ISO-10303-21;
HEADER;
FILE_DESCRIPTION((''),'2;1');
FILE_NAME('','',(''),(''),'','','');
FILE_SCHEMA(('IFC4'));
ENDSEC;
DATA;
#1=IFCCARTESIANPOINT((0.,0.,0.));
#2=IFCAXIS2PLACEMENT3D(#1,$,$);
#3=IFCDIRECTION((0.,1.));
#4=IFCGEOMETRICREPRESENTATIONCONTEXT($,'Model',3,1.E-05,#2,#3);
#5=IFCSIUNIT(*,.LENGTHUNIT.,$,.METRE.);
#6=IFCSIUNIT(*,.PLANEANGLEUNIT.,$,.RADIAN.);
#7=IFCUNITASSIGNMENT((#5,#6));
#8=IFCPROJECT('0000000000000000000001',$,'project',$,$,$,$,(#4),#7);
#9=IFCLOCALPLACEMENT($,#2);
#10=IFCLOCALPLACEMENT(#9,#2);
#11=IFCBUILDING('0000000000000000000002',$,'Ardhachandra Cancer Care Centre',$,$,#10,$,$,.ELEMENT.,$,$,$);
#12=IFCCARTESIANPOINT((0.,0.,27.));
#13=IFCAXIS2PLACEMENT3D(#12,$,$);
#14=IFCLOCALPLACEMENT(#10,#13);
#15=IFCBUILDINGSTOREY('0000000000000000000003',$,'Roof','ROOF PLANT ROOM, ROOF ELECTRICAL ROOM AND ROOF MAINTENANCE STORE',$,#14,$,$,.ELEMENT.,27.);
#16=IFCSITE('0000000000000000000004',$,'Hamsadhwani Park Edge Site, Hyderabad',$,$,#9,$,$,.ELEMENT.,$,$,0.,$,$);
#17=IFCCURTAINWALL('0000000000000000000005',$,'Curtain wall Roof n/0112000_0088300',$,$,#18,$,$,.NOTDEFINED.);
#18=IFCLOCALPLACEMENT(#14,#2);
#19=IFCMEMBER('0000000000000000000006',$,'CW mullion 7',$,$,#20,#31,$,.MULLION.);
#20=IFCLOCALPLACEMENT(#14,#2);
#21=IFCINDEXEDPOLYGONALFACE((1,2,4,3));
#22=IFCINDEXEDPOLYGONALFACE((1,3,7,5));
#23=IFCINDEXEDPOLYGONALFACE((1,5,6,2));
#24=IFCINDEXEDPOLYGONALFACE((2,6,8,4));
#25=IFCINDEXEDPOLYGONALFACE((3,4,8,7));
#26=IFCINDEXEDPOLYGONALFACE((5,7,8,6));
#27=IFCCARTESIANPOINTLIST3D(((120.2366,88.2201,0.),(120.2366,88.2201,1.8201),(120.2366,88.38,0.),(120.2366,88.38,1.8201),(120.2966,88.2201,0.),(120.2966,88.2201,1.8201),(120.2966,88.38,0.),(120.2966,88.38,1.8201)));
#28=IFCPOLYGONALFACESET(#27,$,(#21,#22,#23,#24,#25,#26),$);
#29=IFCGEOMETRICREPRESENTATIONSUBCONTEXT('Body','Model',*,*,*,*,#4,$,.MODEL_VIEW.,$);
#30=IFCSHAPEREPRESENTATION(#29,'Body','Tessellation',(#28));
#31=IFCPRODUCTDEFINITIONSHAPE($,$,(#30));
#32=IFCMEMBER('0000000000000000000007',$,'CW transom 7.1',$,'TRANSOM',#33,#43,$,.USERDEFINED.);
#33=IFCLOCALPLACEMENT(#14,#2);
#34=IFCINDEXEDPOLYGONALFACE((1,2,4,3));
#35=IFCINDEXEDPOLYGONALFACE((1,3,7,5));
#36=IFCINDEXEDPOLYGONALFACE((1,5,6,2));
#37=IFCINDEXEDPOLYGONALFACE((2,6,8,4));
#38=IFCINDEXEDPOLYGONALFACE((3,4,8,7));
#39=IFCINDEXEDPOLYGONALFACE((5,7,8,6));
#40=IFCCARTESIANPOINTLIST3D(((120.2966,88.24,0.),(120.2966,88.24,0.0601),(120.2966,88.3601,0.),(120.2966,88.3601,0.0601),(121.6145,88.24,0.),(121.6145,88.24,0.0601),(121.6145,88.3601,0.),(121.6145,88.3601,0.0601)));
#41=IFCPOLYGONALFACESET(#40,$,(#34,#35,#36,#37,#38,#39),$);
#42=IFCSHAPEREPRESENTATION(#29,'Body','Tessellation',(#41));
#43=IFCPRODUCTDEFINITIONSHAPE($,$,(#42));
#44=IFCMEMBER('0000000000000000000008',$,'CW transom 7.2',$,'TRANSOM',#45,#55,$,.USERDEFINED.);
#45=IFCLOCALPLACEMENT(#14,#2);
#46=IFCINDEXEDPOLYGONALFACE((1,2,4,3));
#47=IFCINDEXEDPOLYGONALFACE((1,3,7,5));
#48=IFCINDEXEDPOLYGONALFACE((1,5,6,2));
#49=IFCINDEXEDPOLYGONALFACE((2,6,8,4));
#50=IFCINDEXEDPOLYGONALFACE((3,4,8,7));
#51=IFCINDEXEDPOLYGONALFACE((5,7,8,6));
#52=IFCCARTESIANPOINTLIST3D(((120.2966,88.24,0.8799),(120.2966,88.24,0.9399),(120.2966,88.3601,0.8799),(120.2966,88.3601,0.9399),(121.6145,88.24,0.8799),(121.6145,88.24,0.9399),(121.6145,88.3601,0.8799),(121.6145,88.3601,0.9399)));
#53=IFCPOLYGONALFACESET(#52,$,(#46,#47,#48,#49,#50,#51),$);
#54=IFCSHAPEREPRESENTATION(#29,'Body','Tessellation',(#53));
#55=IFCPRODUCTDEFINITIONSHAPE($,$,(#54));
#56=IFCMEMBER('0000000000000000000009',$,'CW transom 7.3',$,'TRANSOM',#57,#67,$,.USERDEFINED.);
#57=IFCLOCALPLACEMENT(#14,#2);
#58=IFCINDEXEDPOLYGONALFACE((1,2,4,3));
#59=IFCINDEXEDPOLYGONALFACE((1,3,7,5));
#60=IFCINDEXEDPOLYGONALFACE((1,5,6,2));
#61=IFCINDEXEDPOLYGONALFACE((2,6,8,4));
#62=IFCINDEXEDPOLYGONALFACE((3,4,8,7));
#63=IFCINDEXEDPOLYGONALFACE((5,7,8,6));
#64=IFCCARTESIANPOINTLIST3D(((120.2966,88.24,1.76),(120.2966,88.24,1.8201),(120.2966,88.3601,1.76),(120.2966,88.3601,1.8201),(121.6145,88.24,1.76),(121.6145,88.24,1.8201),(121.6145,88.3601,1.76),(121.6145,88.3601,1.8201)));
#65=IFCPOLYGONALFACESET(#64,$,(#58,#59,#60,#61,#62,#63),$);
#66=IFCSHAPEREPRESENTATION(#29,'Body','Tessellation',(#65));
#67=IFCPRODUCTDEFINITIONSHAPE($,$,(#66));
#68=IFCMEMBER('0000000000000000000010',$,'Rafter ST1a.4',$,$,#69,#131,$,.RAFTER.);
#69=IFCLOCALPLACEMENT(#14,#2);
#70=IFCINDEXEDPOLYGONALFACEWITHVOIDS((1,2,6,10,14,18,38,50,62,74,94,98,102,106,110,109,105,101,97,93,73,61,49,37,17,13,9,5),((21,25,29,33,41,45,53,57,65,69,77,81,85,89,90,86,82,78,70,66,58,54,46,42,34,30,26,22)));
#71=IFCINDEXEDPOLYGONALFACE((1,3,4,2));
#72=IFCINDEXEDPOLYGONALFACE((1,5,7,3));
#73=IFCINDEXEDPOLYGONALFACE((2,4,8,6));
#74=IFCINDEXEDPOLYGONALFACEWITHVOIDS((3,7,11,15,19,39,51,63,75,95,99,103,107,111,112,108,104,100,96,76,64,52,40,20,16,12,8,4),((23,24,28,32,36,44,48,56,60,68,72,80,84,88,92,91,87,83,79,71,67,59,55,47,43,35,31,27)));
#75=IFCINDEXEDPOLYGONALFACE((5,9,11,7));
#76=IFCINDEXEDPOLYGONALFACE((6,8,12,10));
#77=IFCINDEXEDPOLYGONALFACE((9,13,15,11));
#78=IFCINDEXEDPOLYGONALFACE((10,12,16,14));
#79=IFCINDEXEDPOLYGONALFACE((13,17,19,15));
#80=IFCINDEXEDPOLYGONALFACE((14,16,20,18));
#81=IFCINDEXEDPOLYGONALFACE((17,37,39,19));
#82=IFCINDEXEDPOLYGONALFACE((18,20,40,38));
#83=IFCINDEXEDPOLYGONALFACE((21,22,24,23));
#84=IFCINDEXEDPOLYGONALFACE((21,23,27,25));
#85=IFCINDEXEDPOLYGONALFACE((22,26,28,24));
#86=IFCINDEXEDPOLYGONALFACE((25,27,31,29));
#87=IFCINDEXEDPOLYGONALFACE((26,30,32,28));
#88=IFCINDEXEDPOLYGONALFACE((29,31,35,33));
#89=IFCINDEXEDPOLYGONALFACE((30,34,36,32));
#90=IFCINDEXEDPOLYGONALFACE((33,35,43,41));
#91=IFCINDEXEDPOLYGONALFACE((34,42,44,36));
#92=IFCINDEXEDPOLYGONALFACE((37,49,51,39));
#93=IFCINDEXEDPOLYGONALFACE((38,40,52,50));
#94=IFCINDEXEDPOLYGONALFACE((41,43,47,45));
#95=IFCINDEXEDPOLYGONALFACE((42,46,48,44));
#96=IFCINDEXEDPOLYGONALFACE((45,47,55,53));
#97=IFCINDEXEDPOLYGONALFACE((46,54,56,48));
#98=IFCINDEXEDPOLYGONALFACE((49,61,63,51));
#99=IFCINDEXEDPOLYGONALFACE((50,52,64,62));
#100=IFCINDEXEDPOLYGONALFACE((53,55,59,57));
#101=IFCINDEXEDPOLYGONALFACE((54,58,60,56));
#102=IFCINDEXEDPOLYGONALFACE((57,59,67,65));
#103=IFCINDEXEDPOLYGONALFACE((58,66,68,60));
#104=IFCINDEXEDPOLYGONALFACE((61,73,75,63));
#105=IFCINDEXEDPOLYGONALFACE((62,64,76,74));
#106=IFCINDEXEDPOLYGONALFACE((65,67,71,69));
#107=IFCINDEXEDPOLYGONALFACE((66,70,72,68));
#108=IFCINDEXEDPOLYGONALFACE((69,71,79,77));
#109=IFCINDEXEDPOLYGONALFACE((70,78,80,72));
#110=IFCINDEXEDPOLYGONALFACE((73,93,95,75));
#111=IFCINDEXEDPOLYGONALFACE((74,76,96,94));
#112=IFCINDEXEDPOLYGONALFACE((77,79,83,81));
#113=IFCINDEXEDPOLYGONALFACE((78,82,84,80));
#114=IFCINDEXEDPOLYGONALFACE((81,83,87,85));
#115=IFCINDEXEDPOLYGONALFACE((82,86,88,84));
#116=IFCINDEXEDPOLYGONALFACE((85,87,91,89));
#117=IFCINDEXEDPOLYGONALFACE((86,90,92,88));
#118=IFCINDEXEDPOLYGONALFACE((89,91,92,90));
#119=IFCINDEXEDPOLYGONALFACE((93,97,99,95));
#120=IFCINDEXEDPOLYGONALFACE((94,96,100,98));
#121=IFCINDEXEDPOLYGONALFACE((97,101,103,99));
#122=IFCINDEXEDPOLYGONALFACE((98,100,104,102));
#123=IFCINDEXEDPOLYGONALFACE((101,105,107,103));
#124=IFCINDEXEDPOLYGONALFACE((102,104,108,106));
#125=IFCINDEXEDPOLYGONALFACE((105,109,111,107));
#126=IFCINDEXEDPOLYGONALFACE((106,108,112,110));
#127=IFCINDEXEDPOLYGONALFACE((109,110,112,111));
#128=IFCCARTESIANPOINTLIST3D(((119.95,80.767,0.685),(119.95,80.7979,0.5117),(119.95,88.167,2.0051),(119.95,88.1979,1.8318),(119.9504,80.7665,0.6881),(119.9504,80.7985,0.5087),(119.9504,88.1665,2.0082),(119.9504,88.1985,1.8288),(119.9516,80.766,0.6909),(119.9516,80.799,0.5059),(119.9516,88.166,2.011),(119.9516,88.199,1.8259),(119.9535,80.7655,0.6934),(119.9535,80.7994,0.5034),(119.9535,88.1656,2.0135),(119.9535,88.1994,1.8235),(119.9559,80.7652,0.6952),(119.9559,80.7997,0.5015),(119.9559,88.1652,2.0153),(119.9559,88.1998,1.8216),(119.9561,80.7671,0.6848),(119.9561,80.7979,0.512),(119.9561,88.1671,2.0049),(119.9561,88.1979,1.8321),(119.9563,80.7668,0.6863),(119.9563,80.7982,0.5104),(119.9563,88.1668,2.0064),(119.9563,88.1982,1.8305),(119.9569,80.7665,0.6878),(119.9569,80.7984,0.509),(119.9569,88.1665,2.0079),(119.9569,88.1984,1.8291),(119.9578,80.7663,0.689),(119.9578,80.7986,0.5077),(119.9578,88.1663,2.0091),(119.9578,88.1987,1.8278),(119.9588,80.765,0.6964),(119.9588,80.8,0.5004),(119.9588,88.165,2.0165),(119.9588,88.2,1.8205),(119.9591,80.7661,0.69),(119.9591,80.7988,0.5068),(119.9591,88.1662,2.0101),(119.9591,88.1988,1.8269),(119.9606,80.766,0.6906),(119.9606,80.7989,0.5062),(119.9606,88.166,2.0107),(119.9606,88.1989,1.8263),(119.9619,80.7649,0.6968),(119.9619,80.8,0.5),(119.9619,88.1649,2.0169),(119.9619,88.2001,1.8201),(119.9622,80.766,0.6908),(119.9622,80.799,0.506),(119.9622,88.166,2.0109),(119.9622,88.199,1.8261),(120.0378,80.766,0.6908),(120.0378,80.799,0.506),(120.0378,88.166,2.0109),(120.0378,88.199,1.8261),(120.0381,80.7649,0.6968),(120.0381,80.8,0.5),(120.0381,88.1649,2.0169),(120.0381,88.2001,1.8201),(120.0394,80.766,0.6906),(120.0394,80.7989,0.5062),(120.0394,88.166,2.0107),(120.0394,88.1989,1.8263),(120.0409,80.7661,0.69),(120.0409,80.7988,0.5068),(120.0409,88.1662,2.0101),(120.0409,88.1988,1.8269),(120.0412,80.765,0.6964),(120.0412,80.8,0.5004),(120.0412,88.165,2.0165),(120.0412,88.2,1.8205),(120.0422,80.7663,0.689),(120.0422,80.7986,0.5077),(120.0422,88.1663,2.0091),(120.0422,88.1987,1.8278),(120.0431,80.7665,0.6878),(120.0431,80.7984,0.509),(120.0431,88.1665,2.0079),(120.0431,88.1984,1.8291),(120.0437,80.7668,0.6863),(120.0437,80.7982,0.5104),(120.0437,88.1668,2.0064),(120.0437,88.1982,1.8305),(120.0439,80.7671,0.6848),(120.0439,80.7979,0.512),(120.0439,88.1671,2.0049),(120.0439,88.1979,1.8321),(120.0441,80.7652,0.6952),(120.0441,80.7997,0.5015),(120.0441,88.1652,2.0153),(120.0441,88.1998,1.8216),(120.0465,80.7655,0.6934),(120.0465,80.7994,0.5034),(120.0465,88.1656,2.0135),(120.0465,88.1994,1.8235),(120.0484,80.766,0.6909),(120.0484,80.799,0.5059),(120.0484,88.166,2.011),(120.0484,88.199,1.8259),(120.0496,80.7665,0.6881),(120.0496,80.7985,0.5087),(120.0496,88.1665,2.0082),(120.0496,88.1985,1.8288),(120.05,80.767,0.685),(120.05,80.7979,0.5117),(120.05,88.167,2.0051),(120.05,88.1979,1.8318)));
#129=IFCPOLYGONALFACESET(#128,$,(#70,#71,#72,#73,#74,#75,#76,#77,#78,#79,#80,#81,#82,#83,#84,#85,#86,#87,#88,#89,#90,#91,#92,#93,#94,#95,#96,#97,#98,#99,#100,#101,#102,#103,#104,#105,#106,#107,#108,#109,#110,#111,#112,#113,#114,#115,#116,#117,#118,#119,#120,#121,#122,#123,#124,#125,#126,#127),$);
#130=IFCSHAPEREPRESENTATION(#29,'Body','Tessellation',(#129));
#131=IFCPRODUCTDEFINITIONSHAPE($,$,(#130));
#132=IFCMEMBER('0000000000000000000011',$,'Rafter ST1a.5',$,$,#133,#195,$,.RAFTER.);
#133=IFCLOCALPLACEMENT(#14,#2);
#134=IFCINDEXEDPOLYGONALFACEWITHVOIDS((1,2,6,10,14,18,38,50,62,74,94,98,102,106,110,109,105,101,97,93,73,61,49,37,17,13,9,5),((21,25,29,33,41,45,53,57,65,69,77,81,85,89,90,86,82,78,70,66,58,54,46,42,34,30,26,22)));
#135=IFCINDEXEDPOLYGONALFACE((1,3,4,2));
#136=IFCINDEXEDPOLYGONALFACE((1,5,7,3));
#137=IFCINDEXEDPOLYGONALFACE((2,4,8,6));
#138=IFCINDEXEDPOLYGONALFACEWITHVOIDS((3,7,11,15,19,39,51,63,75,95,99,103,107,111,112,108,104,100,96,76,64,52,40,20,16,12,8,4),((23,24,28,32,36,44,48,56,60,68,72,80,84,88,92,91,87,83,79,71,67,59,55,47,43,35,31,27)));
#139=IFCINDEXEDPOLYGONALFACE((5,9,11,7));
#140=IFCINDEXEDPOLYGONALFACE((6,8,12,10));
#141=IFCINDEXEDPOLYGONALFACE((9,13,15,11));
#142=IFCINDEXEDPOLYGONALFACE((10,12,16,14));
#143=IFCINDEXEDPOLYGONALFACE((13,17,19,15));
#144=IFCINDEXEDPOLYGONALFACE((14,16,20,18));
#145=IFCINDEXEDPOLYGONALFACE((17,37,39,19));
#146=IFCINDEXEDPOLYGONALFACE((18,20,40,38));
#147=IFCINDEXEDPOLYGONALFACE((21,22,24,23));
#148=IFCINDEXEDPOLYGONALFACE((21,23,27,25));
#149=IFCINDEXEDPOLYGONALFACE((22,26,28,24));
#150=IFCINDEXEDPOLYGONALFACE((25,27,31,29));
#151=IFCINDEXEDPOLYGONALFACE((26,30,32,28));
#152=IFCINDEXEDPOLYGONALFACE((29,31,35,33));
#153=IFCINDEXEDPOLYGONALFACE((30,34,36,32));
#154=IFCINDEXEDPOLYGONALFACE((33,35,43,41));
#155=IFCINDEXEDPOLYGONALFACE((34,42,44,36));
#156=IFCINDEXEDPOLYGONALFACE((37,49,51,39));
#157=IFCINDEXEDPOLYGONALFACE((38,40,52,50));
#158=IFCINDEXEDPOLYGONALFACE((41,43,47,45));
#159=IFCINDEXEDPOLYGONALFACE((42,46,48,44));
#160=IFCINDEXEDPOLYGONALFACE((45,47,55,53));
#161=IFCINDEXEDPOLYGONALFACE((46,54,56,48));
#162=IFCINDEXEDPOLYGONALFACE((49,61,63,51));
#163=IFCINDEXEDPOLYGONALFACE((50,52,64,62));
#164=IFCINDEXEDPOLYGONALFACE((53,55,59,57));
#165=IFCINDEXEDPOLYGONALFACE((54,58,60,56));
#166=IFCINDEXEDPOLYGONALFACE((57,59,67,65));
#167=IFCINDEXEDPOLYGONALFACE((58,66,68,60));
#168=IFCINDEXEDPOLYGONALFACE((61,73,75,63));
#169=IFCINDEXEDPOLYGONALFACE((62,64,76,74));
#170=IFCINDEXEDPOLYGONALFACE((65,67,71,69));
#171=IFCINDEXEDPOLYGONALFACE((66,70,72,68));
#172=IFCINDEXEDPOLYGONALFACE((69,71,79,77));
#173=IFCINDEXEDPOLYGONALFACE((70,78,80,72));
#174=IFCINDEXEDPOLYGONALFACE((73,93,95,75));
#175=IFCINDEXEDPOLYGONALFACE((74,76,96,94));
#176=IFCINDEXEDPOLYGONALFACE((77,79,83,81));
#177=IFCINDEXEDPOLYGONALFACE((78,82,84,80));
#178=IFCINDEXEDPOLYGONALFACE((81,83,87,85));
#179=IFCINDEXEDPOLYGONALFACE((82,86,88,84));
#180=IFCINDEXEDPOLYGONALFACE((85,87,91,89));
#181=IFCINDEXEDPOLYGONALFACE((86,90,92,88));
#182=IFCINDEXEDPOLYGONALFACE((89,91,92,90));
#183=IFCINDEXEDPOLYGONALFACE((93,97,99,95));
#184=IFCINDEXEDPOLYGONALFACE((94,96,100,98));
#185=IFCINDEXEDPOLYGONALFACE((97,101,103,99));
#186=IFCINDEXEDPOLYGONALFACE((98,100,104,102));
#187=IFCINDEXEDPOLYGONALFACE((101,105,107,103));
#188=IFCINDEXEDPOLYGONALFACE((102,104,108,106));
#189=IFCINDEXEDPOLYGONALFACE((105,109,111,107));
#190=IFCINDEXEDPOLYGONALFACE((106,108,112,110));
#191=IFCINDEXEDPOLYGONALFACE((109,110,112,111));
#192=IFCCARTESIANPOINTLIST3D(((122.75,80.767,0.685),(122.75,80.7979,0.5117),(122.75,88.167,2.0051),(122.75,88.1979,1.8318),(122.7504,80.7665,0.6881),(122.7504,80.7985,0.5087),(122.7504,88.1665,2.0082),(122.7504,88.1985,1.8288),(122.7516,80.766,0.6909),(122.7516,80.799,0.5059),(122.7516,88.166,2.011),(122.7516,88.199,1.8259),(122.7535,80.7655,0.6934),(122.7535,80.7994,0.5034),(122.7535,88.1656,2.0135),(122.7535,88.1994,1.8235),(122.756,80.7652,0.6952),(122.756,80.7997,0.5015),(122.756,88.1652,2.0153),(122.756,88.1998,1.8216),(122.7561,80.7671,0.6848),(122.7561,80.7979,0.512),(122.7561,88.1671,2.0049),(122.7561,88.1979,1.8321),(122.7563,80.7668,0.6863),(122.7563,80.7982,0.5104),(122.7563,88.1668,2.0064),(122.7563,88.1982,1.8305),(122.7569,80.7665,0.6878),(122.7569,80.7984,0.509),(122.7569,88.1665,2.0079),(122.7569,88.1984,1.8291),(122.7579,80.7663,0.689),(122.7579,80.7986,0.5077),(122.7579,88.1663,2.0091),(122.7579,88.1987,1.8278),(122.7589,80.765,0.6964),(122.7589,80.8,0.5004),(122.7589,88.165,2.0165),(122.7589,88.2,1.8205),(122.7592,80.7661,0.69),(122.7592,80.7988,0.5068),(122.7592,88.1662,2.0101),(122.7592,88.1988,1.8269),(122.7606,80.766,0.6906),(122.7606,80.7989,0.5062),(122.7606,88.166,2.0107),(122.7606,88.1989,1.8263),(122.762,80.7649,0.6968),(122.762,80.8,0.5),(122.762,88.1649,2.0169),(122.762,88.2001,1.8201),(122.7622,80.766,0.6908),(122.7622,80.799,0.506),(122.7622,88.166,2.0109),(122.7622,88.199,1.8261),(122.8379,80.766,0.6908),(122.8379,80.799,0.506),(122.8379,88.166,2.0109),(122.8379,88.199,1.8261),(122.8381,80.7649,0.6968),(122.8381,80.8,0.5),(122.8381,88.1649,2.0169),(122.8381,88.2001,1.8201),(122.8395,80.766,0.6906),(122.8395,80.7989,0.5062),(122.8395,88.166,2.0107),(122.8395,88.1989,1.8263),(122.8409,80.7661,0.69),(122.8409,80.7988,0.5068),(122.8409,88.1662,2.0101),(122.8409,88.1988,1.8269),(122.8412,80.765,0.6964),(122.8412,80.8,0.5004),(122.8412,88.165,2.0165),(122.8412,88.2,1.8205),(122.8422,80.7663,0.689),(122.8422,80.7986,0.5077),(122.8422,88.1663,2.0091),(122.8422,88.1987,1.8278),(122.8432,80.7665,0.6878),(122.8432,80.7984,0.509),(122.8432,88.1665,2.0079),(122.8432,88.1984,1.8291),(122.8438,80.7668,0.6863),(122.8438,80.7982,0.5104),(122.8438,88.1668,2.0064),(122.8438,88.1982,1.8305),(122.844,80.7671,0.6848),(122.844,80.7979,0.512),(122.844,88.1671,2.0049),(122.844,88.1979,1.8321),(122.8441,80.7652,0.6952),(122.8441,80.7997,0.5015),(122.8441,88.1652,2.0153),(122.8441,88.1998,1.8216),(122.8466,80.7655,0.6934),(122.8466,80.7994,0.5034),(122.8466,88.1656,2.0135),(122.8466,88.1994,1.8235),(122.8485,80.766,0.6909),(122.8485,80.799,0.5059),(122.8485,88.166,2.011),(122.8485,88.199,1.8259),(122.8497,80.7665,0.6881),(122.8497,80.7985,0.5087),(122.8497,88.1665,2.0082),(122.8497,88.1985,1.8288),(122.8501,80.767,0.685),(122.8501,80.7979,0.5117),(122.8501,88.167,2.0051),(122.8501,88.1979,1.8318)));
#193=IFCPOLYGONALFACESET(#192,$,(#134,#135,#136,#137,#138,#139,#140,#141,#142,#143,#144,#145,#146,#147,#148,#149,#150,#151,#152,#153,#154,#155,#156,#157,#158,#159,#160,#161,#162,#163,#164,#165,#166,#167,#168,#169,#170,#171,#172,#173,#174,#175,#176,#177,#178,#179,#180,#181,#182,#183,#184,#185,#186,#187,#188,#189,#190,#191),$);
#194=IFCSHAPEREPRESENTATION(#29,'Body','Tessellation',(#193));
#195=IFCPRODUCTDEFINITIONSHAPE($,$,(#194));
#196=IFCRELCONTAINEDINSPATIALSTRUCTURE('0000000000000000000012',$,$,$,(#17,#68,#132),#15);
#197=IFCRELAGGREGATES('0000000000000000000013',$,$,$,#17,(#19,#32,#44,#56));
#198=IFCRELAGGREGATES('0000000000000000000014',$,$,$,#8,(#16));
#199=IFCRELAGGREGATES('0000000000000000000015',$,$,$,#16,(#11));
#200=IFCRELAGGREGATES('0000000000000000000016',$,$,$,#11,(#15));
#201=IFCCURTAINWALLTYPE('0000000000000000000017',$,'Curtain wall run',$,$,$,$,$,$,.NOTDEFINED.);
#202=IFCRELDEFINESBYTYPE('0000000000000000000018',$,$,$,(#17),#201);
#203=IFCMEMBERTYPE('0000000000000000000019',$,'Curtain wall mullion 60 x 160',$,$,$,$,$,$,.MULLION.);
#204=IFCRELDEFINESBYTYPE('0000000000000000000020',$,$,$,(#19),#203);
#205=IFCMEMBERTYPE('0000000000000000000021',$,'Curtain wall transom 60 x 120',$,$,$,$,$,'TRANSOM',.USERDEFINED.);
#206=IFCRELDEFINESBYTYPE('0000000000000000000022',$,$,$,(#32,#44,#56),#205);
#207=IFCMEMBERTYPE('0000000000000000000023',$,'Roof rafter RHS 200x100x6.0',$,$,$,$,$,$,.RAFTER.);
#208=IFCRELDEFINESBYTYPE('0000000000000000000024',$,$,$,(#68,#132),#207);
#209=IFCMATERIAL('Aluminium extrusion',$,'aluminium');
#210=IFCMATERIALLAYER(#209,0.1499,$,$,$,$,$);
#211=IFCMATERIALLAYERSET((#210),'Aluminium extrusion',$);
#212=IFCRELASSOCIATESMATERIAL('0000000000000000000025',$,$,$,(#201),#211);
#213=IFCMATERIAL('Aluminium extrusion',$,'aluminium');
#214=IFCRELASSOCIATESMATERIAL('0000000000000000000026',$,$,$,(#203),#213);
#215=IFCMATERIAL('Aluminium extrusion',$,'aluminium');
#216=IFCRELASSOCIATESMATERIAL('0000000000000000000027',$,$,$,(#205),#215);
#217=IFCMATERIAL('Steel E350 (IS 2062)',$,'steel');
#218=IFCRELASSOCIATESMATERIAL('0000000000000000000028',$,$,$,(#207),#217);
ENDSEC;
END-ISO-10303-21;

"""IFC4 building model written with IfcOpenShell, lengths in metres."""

from ifc_helpers import new_model, si_unit, direction, frame, origin, origin_2d, place, context, subcontext, project, spatial, rectangle, hollow_rectangle, extrude, material, layer, layer_set, material_profile, profile_set, type_object, element, aggregate, save


model = new_model("IFC4")

# Units and contexts
model_context = context("Model", 3, precision=1e-05, world=origin(), true_north=direction((0.0, 1.0)))
body_context = subcontext(model_context, "Body", "Model", "MODEL_VIEW")
ifc_project = project(units=[si_unit("LENGTHUNIT", "METRE"), si_unit("PLANEANGLEUNIT", "RADIAN")], contexts=[model_context])

# Site, building, storey
site_placement = place(None, origin())
site = spatial("IfcSite", under=ifc_project, at=site_placement, Name="Hamsadhwani Park Edge Site, Hyderabad", CompositionType="ELEMENT", RefElevation=0.0)
building_placement = place(site_placement, origin())
building = spatial("IfcBuilding", under=site, at=building_placement, Name="Ardhachandra Cancer Care Centre", CompositionType="ELEMENT")
storey_placement = place(building_placement, frame((0.0, 0.0, 27.0)))
storey = spatial("IfcBuildingStorey", under=building, at=storey_placement, Name="Roof", Description="ROOF PLANT ROOM, ROOF ELECTRICAL ROOM AND ROOF MAINTENANCE STORE", CompositionType="ELEMENT", Elevation=27.0)

# Curtain wall, members
ifc_material_1 = material(Name="Aluminium extrusion", Category="aluminium")
ifc_layer_1 = layer(ifc_material_1, 0.1499)
ifc_layer_set_1 = layer_set([ifc_layer_1], Name="Aluminium extrusion")
curtain_wall_type = type_object("IfcCurtainWallType", Name="Curtain wall run", PredefinedType="NOTDEFINED", material=ifc_layer_set_1)
curtain_wall_placement = place(storey_placement, origin())
curtain_wall = element("IfcCurtainWall", 1, at=curtain_wall_placement, inside=storey, type_object=curtain_wall_type, Name="Curtain wall Roof n/0112000_0088300", PredefinedType="NOTDEFINED")
ifc_material_2 = material(Name="Aluminium extrusion", Category="aluminium")
ifc_material_profile_1 = material_profile(ifc_material_2, rectangle(XDim=0.1599, YDim=0.0601, at=origin_2d()), Name="Curtain wall mullion 60 x 160")
ifc_profile_set_1 = profile_set([ifc_material_profile_1], Name="Aluminium extrusion")
member_type_1 = type_object("IfcMemberType", Name="Curtain wall mullion 60 x 160", PredefinedType="MULLION", material=ifc_profile_set_1)
member_1_placement = place(storey_placement, frame((120.2666, 88.3, 0.0), z_axis=(0.0, 0.0, 1.0), x_axis=(0.0, 1.0, 0.0)))
member_1 = element("IfcMember", 2, at=member_1_placement, type_object=member_type_1, Name="CW mullion 7", PredefinedType="MULLION", context=body_context, shape_type="SweptSolid", body=[
    extrude(rectangle(XDim=0.1599, YDim=0.0601, at=origin_2d()), origin(), (0.0, 0.0, 1.0), 1.8201),
])
ifc_material_3 = material(Name="Aluminium extrusion", Category="aluminium")
ifc_material_profile_2 = material_profile(ifc_material_3, rectangle(XDim=0.1201, YDim=0.0601, at=origin_2d()), Name="Curtain wall transom 60 x 120")
ifc_profile_set_2 = profile_set([ifc_material_profile_2], Name="Aluminium extrusion")
member_type_2 = type_object("IfcMemberType", Name="Curtain wall transom 60 x 120", ElementType="TRANSOM", PredefinedType="USERDEFINED", material=ifc_profile_set_2)
member_2_placement = place(storey_placement, frame((120.2966, 88.3, 0.03), z_axis=(1.0, 0.0, 0.0), x_axis=(0.0, 1.0, 0.0)))
member_2 = element("IfcMember", 3, at=member_2_placement, type_object=member_type_2, Name="CW transom 7.1", ObjectType="TRANSOM", PredefinedType="USERDEFINED", context=body_context, shape_type="SweptSolid", body=[
    extrude(rectangle(XDim=0.1201, YDim=0.0601, at=origin_2d()), origin(), (0.0, 0.0, 1.0), 1.3179),
])
member_3_placement = place(storey_placement, frame((120.2966, 88.3, 0.9099), z_axis=(1.0, 0.0, 0.0), x_axis=(0.0, 1.0, 0.0)))
member_3 = element("IfcMember", 4, at=member_3_placement, type_object=member_type_2, Name="CW transom 7.2", ObjectType="TRANSOM", PredefinedType="USERDEFINED", context=body_context, shape_type="SweptSolid", body=[
    extrude(rectangle(XDim=0.1201, YDim=0.0601, at=origin_2d()), origin(), (0.0, 0.0, 1.0), 1.3179),
])
member_4_placement = place(storey_placement, frame((120.2966, 88.3, 1.79), z_axis=(1.0, 0.0, 0.0), x_axis=(0.0, 1.0, 0.0)))
member_4 = element("IfcMember", 5, at=member_4_placement, type_object=member_type_2, Name="CW transom 7.3", ObjectType="TRANSOM", PredefinedType="USERDEFINED", context=body_context, shape_type="SweptSolid", body=[
    extrude(rectangle(XDim=0.1201, YDim=0.0601, at=origin_2d()), origin(), (0.0, 0.0, 1.0), 1.3179),
])
aggregate(curtain_wall, [member_1, member_2, member_3, member_4])

# Members
ifc_material_4 = material(Name="Steel E350 (IS 2062)", Category="steel")
ifc_material_profile_3 = material_profile(ifc_material_4, hollow_rectangle(XDim=0.1001, YDim=0.2, WallThickness=0.0061, InnerFilletRadius=0.0061, OuterFilletRadius=0.012, at=origin_2d()), Name="RHS 200x100x6.0")
ifc_profile_set_3 = profile_set([ifc_material_profile_3], Name="Steel E350 (IS 2062)")
member_type_3 = type_object("IfcMemberType", Name="Roof rafter RHS 200x100x6.0", PredefinedType="RAFTER", material=ifc_profile_set_3)
for number, where, z_axis, x_axis, name in (
    (6, (120.0, 80.7825, 0.5984), (0.0, 0.984458, 0.175618), (-1.0, 0.0, 0.0), "Rafter ST1a.4"),
    (7, (122.8, 80.7825, 0.5984), (0.0, 0.984458, 0.175618), (-1.0, 0.0, 0.0), "Rafter ST1a.5"),
):
    element("IfcMember", number, at=place(storey_placement, frame(where, z_axis=z_axis, x_axis=x_axis)), inside=storey, type_object=member_type_3, Name=name, PredefinedType="RAFTER", context=body_context, shape_type="SweptSolid", body=[
        extrude(hollow_rectangle(XDim=0.1001, YDim=0.2, WallThickness=0.0061, InnerFilletRadius=0.0061, OuterFilletRadius=0.012, at=origin_2d()), origin(), (0.0, 0.0, 1.0), 7.5168),
    ])

save(model, "model.ifc")
